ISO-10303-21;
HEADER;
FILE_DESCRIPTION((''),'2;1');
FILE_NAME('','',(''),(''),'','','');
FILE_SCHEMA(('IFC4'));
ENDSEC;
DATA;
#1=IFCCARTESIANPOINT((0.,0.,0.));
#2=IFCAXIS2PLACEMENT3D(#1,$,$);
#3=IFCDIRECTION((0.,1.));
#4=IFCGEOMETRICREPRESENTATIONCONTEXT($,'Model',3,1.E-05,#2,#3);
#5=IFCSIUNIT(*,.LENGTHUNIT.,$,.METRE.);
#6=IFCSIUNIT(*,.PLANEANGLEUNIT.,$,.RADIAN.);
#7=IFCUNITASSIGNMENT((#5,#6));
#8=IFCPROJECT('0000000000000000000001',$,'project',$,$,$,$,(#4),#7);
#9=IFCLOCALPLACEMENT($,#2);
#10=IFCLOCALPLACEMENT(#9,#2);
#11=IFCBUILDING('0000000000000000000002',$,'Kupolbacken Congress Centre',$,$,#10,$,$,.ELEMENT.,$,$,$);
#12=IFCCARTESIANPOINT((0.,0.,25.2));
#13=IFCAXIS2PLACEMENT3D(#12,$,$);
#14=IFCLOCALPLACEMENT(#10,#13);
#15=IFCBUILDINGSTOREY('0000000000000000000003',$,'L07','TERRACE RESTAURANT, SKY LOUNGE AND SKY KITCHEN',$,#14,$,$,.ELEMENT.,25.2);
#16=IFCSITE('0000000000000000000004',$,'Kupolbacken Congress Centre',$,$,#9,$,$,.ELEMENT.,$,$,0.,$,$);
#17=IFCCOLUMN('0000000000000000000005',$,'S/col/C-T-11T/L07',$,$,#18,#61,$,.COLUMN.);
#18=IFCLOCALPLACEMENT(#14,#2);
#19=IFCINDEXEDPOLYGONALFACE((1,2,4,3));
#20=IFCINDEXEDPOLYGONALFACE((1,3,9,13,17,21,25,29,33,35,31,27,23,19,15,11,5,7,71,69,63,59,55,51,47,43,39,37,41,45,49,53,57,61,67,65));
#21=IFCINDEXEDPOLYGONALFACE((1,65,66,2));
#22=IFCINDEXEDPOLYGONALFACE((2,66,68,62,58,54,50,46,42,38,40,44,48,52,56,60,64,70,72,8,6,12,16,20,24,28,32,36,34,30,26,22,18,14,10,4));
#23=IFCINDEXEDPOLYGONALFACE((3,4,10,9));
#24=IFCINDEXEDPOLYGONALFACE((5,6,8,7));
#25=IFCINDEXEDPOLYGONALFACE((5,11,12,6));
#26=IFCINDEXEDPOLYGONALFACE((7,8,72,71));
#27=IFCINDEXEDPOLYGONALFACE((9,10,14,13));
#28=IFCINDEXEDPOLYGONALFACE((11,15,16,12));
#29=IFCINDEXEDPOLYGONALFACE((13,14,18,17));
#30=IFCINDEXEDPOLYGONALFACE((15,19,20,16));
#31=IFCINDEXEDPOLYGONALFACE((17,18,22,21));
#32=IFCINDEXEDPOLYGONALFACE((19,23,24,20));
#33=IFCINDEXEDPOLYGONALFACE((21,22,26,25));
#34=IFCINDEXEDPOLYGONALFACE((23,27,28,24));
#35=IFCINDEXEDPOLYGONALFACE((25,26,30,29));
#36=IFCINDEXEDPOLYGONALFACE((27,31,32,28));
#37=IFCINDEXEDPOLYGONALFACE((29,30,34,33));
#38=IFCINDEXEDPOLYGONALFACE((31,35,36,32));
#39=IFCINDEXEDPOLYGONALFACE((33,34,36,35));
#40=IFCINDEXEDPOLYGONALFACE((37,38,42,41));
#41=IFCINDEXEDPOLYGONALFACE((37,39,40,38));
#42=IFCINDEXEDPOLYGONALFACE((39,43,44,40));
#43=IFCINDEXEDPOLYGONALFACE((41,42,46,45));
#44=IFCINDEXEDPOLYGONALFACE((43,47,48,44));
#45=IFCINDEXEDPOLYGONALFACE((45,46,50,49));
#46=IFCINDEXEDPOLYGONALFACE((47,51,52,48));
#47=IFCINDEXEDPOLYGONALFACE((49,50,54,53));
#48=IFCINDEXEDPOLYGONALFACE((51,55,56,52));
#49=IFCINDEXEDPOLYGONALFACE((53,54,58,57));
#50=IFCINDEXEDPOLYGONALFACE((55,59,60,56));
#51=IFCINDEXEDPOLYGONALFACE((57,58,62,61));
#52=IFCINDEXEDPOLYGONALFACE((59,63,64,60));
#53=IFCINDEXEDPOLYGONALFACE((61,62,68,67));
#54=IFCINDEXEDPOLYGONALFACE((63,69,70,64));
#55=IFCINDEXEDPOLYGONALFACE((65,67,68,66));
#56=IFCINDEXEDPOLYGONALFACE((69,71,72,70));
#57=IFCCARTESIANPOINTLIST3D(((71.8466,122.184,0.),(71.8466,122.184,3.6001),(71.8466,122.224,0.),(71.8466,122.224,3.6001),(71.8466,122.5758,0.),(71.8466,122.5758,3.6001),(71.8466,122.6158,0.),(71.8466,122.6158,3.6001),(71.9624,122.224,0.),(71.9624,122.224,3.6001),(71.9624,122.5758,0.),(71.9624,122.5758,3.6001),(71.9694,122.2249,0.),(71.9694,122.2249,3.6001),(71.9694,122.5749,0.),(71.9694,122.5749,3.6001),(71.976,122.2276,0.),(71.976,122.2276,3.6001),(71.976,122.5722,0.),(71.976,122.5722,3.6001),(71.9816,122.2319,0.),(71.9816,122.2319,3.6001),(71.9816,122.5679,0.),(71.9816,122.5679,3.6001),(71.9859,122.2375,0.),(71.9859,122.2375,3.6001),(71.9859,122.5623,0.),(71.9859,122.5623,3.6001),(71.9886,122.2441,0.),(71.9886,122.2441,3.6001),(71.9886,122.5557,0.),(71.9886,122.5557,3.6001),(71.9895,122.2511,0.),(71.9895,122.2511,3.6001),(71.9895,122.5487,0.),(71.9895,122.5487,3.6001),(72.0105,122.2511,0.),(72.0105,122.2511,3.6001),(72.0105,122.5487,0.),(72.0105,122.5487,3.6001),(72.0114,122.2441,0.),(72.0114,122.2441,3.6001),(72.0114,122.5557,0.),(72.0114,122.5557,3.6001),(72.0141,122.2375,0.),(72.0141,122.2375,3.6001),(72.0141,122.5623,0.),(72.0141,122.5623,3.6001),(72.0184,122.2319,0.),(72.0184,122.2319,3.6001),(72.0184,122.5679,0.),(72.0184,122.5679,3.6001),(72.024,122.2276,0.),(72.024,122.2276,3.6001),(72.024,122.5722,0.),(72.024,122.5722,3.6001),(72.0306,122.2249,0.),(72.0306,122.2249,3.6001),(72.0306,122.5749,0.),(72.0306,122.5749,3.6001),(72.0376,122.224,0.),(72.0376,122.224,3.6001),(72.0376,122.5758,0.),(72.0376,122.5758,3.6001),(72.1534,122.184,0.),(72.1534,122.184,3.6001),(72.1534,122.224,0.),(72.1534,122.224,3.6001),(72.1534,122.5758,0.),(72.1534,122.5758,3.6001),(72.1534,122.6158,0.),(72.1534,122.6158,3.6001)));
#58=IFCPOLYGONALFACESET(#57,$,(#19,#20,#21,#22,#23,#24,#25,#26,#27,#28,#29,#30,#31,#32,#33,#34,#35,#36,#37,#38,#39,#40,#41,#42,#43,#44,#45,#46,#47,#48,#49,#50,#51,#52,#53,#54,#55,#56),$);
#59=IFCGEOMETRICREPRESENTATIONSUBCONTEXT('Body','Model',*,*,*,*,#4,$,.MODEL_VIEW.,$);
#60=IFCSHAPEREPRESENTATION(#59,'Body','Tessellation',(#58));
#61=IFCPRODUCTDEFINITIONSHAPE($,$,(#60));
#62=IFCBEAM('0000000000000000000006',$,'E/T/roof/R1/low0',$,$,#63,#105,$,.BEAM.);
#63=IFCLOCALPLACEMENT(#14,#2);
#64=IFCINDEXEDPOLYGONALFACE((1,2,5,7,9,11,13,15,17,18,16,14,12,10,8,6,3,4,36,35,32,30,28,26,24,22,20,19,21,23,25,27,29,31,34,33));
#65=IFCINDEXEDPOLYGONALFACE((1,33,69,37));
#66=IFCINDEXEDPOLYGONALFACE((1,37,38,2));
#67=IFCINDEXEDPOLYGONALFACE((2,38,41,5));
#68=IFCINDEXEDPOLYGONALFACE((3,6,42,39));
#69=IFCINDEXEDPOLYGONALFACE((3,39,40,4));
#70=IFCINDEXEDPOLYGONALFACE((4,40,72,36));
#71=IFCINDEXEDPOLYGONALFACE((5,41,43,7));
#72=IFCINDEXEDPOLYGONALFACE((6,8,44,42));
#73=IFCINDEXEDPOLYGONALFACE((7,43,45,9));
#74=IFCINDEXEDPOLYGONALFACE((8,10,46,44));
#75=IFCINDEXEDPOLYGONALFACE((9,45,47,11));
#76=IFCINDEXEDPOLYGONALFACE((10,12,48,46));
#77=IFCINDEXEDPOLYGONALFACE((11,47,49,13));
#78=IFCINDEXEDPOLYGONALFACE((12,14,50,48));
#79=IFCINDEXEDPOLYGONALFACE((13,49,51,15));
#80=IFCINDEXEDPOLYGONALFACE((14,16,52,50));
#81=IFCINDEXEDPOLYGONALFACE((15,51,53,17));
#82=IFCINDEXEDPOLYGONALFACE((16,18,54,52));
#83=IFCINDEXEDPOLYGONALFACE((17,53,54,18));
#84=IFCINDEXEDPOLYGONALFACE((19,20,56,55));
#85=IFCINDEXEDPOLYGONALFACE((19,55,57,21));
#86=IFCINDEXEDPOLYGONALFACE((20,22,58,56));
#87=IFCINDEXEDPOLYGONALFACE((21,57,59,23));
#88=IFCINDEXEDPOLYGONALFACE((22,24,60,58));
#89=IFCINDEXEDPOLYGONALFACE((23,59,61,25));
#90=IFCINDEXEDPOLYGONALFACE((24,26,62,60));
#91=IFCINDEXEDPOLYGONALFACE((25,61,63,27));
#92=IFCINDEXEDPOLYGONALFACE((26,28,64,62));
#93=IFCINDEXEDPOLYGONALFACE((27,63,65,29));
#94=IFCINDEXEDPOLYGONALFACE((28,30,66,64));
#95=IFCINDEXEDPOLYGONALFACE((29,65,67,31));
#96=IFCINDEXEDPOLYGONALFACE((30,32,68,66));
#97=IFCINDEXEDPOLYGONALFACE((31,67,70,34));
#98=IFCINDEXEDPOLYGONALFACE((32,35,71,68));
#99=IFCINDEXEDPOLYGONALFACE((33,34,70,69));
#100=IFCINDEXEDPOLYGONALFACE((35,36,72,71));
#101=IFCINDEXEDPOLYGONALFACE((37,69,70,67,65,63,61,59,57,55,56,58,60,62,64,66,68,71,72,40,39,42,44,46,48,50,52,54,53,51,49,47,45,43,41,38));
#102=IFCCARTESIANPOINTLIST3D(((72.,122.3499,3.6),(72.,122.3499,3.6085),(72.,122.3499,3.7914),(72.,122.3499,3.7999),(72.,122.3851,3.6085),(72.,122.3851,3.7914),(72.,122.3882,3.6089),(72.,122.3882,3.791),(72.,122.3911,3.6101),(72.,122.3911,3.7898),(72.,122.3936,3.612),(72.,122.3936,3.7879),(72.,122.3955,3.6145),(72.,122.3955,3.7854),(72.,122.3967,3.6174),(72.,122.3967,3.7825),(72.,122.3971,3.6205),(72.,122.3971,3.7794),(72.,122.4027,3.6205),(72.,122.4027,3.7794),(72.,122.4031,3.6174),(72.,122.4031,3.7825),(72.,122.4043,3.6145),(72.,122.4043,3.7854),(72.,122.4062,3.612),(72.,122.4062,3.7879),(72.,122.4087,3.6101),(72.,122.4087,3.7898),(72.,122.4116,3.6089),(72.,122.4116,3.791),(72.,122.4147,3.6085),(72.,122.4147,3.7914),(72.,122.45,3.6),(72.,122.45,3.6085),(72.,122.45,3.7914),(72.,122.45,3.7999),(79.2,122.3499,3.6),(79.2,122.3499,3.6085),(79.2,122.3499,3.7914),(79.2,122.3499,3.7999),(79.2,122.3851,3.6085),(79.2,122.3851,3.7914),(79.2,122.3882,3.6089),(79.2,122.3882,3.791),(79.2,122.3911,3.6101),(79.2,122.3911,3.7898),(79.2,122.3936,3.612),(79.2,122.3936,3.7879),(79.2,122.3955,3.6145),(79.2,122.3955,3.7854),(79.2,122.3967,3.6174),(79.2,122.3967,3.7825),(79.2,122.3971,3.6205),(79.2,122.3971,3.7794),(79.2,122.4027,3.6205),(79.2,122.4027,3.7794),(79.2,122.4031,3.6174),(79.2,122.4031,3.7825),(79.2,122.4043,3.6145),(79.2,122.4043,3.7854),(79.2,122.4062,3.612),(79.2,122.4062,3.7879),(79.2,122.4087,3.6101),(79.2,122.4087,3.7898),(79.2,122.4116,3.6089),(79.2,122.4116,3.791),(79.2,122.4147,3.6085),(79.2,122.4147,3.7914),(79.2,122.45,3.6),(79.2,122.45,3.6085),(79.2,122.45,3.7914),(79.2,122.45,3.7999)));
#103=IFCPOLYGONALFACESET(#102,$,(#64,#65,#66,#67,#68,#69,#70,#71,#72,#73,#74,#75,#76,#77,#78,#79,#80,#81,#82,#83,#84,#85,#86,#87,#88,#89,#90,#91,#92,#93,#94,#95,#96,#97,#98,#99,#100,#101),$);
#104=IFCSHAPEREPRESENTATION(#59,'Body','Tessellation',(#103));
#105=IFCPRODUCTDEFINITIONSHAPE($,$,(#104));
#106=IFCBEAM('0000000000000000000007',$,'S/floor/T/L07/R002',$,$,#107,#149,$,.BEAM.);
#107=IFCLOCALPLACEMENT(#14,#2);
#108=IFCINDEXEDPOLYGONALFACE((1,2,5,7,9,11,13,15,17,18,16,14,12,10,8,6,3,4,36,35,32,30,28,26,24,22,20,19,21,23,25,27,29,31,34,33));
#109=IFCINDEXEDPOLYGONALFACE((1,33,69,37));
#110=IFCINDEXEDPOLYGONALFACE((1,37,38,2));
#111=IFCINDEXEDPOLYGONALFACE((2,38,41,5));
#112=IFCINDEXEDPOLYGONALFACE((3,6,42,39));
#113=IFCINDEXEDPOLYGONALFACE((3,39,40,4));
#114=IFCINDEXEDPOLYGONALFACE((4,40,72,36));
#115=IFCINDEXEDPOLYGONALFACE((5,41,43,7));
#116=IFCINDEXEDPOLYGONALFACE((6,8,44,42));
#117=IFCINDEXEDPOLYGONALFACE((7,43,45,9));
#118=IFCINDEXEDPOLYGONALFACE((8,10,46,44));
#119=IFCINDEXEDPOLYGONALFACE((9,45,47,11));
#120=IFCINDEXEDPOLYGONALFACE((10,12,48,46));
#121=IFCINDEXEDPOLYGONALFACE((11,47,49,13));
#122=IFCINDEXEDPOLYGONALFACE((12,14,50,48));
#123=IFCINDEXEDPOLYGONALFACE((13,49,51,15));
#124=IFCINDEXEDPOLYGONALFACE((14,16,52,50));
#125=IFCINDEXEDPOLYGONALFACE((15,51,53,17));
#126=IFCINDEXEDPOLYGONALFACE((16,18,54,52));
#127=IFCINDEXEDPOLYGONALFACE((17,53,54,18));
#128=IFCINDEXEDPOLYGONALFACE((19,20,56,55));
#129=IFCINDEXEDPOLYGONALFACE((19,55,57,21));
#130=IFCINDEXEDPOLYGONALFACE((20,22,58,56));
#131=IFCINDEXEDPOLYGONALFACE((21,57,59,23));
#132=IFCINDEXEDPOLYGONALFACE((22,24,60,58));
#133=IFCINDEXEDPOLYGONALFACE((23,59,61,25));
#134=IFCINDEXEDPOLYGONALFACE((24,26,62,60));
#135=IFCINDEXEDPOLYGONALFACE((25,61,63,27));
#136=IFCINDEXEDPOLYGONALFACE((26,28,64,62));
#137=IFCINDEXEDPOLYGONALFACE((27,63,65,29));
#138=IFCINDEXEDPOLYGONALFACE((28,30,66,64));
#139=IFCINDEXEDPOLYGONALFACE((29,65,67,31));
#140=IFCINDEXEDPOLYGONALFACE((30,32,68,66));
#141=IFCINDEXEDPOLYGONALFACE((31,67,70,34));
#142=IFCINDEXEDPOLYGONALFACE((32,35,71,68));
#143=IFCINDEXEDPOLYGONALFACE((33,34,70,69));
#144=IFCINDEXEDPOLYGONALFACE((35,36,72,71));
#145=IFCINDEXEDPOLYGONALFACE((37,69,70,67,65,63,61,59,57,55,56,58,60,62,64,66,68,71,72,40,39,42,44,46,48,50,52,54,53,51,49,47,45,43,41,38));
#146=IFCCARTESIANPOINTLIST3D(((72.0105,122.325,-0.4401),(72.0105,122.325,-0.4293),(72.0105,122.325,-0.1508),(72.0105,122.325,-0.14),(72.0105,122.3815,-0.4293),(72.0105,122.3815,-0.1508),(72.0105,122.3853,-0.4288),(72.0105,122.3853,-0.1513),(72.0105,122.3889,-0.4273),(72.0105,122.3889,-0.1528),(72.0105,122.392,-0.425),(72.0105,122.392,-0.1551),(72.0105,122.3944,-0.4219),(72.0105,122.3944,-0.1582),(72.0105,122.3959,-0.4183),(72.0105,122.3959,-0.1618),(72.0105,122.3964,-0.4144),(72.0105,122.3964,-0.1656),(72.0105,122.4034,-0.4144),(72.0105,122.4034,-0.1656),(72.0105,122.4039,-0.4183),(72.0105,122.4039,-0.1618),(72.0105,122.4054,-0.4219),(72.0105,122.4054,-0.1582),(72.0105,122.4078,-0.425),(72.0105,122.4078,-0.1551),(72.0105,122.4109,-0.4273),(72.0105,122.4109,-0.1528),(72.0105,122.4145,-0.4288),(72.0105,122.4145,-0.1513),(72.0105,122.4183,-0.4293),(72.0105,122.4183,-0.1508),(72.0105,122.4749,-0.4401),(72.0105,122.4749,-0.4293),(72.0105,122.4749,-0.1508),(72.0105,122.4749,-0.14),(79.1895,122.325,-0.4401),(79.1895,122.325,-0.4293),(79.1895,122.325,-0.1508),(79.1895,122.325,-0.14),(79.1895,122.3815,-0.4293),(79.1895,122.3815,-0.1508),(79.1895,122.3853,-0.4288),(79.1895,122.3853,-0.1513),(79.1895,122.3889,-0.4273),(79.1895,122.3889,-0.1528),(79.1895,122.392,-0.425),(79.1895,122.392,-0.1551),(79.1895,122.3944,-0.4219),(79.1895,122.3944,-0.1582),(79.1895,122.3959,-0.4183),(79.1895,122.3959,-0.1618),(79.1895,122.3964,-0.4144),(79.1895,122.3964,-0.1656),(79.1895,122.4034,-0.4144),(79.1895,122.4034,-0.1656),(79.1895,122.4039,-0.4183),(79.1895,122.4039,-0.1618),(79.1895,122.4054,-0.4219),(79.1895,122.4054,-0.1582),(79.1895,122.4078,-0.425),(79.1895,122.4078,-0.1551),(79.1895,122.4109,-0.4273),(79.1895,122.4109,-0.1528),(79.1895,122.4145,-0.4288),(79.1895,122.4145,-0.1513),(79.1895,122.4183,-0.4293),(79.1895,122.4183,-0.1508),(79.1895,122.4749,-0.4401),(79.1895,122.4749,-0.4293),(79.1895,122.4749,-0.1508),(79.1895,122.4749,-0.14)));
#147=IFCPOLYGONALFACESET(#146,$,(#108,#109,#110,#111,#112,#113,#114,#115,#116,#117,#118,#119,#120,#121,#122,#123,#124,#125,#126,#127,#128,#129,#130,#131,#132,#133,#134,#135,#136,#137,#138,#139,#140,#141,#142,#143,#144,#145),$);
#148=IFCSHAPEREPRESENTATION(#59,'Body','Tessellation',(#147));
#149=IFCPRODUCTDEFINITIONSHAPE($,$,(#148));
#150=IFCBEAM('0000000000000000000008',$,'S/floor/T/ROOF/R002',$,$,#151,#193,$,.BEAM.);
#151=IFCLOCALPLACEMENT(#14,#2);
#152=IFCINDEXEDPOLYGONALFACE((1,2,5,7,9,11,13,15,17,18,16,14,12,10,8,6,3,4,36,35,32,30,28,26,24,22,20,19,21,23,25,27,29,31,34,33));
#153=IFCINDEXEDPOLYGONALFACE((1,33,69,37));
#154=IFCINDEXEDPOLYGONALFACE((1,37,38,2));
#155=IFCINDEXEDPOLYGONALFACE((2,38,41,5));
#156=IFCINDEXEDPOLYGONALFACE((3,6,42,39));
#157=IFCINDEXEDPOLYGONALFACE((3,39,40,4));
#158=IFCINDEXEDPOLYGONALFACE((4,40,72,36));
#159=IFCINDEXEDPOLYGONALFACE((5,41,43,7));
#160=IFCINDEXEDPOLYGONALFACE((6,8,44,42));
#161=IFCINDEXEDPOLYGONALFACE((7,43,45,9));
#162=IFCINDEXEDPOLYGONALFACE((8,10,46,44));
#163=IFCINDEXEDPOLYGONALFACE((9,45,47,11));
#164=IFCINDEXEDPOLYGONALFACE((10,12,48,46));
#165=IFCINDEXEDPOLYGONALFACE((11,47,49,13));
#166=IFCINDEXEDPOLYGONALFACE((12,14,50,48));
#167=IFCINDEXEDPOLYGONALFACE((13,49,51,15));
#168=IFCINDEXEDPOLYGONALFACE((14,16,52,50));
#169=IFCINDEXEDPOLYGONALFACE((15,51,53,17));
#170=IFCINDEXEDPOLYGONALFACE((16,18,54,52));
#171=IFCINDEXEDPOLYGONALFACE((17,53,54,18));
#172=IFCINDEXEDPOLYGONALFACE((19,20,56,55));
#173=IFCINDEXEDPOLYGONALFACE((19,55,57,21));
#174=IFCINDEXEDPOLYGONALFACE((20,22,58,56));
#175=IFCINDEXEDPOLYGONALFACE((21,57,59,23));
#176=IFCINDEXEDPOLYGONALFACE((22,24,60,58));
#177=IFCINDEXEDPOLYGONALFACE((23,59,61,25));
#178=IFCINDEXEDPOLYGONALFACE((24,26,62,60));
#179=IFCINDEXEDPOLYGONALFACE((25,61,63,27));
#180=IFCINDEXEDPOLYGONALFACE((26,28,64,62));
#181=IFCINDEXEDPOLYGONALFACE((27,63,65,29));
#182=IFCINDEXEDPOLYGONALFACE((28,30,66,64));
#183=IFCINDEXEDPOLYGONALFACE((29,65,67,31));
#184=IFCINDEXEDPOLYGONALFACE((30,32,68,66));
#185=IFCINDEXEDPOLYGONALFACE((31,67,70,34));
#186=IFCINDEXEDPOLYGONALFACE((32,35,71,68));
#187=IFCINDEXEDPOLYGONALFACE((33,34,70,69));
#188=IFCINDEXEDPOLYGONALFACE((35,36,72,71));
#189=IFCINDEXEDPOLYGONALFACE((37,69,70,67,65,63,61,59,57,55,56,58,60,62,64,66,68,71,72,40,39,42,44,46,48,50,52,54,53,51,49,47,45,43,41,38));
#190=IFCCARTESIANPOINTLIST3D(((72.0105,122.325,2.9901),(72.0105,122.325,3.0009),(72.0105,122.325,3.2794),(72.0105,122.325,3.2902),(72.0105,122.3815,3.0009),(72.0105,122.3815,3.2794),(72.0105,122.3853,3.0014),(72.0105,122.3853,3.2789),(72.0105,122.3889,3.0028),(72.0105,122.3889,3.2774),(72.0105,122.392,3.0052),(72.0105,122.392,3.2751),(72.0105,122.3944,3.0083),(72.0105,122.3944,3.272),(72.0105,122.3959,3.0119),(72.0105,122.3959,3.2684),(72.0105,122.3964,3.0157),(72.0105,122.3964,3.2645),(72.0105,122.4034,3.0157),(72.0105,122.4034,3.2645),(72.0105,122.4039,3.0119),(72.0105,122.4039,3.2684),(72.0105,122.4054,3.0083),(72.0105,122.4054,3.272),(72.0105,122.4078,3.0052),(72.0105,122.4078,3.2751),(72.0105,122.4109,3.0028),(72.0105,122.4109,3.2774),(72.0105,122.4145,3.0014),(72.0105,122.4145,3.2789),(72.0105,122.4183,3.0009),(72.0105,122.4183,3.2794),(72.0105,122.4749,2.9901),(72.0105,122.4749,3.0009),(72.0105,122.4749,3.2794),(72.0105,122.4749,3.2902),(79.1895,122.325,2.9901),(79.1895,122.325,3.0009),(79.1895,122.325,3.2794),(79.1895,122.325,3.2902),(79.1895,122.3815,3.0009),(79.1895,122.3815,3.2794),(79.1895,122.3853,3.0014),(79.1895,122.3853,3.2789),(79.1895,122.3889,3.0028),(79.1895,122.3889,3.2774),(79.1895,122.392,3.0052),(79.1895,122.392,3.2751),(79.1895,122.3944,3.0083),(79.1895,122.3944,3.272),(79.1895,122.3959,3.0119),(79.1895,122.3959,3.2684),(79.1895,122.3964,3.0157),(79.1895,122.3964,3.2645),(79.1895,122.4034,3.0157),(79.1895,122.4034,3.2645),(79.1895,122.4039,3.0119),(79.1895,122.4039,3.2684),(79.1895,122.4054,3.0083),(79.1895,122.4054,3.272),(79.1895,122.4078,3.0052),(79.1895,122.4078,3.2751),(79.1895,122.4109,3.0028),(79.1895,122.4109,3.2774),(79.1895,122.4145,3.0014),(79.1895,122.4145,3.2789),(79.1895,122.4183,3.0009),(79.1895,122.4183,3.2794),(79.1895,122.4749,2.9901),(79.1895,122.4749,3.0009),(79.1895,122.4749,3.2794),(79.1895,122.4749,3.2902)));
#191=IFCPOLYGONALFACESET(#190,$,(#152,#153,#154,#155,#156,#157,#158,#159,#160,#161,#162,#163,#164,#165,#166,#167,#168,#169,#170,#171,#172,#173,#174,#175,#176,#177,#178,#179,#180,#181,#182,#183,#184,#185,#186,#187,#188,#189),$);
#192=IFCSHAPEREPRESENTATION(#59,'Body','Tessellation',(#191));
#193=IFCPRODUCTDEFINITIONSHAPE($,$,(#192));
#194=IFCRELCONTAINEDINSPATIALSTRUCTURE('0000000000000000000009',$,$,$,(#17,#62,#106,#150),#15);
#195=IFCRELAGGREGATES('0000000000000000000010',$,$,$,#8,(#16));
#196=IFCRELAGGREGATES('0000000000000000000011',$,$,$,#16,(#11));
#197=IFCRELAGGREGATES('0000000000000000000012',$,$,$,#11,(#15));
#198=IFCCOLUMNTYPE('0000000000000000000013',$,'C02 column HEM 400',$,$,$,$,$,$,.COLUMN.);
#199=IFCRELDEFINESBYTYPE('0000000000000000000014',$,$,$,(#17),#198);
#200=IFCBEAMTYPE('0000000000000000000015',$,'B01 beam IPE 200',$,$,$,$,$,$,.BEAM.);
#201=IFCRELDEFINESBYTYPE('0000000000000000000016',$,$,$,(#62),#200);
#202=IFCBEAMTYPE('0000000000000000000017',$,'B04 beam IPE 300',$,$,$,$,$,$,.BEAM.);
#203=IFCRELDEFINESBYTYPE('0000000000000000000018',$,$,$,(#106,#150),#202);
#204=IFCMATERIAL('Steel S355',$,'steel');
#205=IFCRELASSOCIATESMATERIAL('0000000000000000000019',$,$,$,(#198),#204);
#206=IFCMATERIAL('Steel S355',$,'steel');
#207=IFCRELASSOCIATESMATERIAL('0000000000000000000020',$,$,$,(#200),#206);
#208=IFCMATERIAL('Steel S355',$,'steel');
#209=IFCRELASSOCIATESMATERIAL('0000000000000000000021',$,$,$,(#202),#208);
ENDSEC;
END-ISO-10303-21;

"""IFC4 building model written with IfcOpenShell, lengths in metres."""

from ifc_helpers import new_model, si_unit, direction, frame, origin, origin_2d, place, context, subcontext, project, spatial, i_section, extrude, material, material_profile, profile_set, type_object, element, save


model = new_model("IFC4")

# Units and contexts
model_context = context("Model", 3, precision=1e-05, world=origin(), true_north=direction((0.0, 1.0)))
body_context = subcontext(model_context, "Body", "Model", "MODEL_VIEW")
ifc_project = project(units=[si_unit("LENGTHUNIT", "METRE"), si_unit("PLANEANGLEUNIT", "RADIAN")], contexts=[model_context])

# Site, building, storey
site_placement = place(None, origin())
site = spatial("IfcSite", under=ifc_project, at=site_placement, Name="Kupolbacken Congress Centre", CompositionType="ELEMENT", RefElevation=0.0)
building_placement = place(site_placement, origin())
building = spatial("IfcBuilding", under=site, at=building_placement, Name="Kupolbacken Congress Centre", CompositionType="ELEMENT")
storey_placement = place(building_placement, frame((0.0, 0.0, 25.2)))
storey = spatial("IfcBuildingStorey", under=building, at=storey_placement, Name="L07", Description="TERRACE RESTAURANT, SKY LOUNGE AND SKY KITCHEN", CompositionType="ELEMENT", Elevation=25.2)

# Column
ifc_material_1 = material(Name="Steel S355", Category="steel")
ifc_material_profile_1 = material_profile(ifc_material_1, i_section(OverallWidth=0.3069, OverallDepth=0.4319, WebThickness=0.021, FlangeThickness=0.04, FilletRadius=0.0271, at=origin_2d()), Name="HEM 400")
ifc_profile_set_1 = profile_set([ifc_material_profile_1], Name="Steel S355")
column_type = type_object("IfcColumnType", Name="C02 column HEM 400", PredefinedType="COLUMN", material=ifc_profile_set_1)
column_placement = place(storey_placement, frame((72.0, 122.3999, 0.0), z_axis=(0.0, 0.0, 1.0), x_axis=(1.0, 0.0, 0.0)))
element("IfcColumn", 1, at=column_placement, inside=storey, type_object=column_type, Name="S/col/C-T-11T/L07", PredefinedType="COLUMN", context=body_context, shape_type="SweptSolid", body=[
    extrude(i_section(OverallWidth=0.3069, OverallDepth=0.4319, WebThickness=0.021, FlangeThickness=0.04, FilletRadius=0.0271, at=origin_2d()), origin(), (0.0, 0.0, 1.0), 3.6001),
])

# Beams
ifc_material_2 = material(Name="Steel S355", Category="steel")
ifc_material_profile_2 = material_profile(ifc_material_2, i_section(OverallWidth=0.1001, OverallDepth=0.2, WebThickness=0.0056, FlangeThickness=0.0085, FilletRadius=0.012, at=origin_2d()), Name="IPE 200")
ifc_profile_set_2 = profile_set([ifc_material_profile_2], Name="Steel S355")
beam_type_1 = type_object("IfcBeamType", Name="B01 beam IPE 200", PredefinedType="BEAM", material=ifc_profile_set_2)
beam_placement = place(storey_placement, frame((72.0, 122.3999, 3.7), z_axis=(1.0, 0.0, 0.0), x_axis=(0.0, 1.0, 0.0)))
element("IfcBeam", 2, at=beam_placement, inside=storey, type_object=beam_type_1, Name="E/T/roof/R1/low0", PredefinedType="BEAM", context=body_context, shape_type="SweptSolid", body=[
    extrude(i_section(OverallWidth=0.1001, OverallDepth=0.2, WebThickness=0.0056, FlangeThickness=0.0085, FilletRadius=0.012, at=origin_2d()), origin(), (0.0, 0.0, 1.0), 7.2),
])
ifc_material_3 = material(Name="Steel S355", Category="steel")
ifc_material_profile_3 = material_profile(ifc_material_3, i_section(OverallWidth=0.1499, OverallDepth=0.3, WebThickness=0.0071, FlangeThickness=0.0107, FilletRadius=0.0149, at=origin_2d()), Name="IPE 300")
ifc_profile_set_3 = profile_set([ifc_material_profile_3], Name="Steel S355")
beam_type_2 = type_object("IfcBeamType", Name="B04 beam IPE 300", PredefinedType="BEAM", material=ifc_profile_set_3)
for number, where, z_axis, x_axis, name in (
    (3, (72.0105, 122.3999, -0.29), (1.0, 0.0, 0.0), (0.0, 1.0, 0.0), "S/floor/T/L07/R002"),
    (4, (72.0105, 122.3999, 3.1401), (1.0, 0.0, 0.0), (0.0, 1.0, 0.0), "S/floor/T/ROOF/R002"),
):
    element("IfcBeam", number, at=place(storey_placement, frame(where, z_axis=z_axis, x_axis=x_axis)), inside=storey, type_object=beam_type_2, Name=name, PredefinedType="BEAM", context=body_context, shape_type="SweptSolid", body=[
        extrude(i_section(OverallWidth=0.1499, OverallDepth=0.3, WebThickness=0.0071, FlangeThickness=0.0107, FilletRadius=0.0149, at=origin_2d()), origin(), (0.0, 0.0, 1.0), 7.179),
    ])

save(model, "model.ifc")
